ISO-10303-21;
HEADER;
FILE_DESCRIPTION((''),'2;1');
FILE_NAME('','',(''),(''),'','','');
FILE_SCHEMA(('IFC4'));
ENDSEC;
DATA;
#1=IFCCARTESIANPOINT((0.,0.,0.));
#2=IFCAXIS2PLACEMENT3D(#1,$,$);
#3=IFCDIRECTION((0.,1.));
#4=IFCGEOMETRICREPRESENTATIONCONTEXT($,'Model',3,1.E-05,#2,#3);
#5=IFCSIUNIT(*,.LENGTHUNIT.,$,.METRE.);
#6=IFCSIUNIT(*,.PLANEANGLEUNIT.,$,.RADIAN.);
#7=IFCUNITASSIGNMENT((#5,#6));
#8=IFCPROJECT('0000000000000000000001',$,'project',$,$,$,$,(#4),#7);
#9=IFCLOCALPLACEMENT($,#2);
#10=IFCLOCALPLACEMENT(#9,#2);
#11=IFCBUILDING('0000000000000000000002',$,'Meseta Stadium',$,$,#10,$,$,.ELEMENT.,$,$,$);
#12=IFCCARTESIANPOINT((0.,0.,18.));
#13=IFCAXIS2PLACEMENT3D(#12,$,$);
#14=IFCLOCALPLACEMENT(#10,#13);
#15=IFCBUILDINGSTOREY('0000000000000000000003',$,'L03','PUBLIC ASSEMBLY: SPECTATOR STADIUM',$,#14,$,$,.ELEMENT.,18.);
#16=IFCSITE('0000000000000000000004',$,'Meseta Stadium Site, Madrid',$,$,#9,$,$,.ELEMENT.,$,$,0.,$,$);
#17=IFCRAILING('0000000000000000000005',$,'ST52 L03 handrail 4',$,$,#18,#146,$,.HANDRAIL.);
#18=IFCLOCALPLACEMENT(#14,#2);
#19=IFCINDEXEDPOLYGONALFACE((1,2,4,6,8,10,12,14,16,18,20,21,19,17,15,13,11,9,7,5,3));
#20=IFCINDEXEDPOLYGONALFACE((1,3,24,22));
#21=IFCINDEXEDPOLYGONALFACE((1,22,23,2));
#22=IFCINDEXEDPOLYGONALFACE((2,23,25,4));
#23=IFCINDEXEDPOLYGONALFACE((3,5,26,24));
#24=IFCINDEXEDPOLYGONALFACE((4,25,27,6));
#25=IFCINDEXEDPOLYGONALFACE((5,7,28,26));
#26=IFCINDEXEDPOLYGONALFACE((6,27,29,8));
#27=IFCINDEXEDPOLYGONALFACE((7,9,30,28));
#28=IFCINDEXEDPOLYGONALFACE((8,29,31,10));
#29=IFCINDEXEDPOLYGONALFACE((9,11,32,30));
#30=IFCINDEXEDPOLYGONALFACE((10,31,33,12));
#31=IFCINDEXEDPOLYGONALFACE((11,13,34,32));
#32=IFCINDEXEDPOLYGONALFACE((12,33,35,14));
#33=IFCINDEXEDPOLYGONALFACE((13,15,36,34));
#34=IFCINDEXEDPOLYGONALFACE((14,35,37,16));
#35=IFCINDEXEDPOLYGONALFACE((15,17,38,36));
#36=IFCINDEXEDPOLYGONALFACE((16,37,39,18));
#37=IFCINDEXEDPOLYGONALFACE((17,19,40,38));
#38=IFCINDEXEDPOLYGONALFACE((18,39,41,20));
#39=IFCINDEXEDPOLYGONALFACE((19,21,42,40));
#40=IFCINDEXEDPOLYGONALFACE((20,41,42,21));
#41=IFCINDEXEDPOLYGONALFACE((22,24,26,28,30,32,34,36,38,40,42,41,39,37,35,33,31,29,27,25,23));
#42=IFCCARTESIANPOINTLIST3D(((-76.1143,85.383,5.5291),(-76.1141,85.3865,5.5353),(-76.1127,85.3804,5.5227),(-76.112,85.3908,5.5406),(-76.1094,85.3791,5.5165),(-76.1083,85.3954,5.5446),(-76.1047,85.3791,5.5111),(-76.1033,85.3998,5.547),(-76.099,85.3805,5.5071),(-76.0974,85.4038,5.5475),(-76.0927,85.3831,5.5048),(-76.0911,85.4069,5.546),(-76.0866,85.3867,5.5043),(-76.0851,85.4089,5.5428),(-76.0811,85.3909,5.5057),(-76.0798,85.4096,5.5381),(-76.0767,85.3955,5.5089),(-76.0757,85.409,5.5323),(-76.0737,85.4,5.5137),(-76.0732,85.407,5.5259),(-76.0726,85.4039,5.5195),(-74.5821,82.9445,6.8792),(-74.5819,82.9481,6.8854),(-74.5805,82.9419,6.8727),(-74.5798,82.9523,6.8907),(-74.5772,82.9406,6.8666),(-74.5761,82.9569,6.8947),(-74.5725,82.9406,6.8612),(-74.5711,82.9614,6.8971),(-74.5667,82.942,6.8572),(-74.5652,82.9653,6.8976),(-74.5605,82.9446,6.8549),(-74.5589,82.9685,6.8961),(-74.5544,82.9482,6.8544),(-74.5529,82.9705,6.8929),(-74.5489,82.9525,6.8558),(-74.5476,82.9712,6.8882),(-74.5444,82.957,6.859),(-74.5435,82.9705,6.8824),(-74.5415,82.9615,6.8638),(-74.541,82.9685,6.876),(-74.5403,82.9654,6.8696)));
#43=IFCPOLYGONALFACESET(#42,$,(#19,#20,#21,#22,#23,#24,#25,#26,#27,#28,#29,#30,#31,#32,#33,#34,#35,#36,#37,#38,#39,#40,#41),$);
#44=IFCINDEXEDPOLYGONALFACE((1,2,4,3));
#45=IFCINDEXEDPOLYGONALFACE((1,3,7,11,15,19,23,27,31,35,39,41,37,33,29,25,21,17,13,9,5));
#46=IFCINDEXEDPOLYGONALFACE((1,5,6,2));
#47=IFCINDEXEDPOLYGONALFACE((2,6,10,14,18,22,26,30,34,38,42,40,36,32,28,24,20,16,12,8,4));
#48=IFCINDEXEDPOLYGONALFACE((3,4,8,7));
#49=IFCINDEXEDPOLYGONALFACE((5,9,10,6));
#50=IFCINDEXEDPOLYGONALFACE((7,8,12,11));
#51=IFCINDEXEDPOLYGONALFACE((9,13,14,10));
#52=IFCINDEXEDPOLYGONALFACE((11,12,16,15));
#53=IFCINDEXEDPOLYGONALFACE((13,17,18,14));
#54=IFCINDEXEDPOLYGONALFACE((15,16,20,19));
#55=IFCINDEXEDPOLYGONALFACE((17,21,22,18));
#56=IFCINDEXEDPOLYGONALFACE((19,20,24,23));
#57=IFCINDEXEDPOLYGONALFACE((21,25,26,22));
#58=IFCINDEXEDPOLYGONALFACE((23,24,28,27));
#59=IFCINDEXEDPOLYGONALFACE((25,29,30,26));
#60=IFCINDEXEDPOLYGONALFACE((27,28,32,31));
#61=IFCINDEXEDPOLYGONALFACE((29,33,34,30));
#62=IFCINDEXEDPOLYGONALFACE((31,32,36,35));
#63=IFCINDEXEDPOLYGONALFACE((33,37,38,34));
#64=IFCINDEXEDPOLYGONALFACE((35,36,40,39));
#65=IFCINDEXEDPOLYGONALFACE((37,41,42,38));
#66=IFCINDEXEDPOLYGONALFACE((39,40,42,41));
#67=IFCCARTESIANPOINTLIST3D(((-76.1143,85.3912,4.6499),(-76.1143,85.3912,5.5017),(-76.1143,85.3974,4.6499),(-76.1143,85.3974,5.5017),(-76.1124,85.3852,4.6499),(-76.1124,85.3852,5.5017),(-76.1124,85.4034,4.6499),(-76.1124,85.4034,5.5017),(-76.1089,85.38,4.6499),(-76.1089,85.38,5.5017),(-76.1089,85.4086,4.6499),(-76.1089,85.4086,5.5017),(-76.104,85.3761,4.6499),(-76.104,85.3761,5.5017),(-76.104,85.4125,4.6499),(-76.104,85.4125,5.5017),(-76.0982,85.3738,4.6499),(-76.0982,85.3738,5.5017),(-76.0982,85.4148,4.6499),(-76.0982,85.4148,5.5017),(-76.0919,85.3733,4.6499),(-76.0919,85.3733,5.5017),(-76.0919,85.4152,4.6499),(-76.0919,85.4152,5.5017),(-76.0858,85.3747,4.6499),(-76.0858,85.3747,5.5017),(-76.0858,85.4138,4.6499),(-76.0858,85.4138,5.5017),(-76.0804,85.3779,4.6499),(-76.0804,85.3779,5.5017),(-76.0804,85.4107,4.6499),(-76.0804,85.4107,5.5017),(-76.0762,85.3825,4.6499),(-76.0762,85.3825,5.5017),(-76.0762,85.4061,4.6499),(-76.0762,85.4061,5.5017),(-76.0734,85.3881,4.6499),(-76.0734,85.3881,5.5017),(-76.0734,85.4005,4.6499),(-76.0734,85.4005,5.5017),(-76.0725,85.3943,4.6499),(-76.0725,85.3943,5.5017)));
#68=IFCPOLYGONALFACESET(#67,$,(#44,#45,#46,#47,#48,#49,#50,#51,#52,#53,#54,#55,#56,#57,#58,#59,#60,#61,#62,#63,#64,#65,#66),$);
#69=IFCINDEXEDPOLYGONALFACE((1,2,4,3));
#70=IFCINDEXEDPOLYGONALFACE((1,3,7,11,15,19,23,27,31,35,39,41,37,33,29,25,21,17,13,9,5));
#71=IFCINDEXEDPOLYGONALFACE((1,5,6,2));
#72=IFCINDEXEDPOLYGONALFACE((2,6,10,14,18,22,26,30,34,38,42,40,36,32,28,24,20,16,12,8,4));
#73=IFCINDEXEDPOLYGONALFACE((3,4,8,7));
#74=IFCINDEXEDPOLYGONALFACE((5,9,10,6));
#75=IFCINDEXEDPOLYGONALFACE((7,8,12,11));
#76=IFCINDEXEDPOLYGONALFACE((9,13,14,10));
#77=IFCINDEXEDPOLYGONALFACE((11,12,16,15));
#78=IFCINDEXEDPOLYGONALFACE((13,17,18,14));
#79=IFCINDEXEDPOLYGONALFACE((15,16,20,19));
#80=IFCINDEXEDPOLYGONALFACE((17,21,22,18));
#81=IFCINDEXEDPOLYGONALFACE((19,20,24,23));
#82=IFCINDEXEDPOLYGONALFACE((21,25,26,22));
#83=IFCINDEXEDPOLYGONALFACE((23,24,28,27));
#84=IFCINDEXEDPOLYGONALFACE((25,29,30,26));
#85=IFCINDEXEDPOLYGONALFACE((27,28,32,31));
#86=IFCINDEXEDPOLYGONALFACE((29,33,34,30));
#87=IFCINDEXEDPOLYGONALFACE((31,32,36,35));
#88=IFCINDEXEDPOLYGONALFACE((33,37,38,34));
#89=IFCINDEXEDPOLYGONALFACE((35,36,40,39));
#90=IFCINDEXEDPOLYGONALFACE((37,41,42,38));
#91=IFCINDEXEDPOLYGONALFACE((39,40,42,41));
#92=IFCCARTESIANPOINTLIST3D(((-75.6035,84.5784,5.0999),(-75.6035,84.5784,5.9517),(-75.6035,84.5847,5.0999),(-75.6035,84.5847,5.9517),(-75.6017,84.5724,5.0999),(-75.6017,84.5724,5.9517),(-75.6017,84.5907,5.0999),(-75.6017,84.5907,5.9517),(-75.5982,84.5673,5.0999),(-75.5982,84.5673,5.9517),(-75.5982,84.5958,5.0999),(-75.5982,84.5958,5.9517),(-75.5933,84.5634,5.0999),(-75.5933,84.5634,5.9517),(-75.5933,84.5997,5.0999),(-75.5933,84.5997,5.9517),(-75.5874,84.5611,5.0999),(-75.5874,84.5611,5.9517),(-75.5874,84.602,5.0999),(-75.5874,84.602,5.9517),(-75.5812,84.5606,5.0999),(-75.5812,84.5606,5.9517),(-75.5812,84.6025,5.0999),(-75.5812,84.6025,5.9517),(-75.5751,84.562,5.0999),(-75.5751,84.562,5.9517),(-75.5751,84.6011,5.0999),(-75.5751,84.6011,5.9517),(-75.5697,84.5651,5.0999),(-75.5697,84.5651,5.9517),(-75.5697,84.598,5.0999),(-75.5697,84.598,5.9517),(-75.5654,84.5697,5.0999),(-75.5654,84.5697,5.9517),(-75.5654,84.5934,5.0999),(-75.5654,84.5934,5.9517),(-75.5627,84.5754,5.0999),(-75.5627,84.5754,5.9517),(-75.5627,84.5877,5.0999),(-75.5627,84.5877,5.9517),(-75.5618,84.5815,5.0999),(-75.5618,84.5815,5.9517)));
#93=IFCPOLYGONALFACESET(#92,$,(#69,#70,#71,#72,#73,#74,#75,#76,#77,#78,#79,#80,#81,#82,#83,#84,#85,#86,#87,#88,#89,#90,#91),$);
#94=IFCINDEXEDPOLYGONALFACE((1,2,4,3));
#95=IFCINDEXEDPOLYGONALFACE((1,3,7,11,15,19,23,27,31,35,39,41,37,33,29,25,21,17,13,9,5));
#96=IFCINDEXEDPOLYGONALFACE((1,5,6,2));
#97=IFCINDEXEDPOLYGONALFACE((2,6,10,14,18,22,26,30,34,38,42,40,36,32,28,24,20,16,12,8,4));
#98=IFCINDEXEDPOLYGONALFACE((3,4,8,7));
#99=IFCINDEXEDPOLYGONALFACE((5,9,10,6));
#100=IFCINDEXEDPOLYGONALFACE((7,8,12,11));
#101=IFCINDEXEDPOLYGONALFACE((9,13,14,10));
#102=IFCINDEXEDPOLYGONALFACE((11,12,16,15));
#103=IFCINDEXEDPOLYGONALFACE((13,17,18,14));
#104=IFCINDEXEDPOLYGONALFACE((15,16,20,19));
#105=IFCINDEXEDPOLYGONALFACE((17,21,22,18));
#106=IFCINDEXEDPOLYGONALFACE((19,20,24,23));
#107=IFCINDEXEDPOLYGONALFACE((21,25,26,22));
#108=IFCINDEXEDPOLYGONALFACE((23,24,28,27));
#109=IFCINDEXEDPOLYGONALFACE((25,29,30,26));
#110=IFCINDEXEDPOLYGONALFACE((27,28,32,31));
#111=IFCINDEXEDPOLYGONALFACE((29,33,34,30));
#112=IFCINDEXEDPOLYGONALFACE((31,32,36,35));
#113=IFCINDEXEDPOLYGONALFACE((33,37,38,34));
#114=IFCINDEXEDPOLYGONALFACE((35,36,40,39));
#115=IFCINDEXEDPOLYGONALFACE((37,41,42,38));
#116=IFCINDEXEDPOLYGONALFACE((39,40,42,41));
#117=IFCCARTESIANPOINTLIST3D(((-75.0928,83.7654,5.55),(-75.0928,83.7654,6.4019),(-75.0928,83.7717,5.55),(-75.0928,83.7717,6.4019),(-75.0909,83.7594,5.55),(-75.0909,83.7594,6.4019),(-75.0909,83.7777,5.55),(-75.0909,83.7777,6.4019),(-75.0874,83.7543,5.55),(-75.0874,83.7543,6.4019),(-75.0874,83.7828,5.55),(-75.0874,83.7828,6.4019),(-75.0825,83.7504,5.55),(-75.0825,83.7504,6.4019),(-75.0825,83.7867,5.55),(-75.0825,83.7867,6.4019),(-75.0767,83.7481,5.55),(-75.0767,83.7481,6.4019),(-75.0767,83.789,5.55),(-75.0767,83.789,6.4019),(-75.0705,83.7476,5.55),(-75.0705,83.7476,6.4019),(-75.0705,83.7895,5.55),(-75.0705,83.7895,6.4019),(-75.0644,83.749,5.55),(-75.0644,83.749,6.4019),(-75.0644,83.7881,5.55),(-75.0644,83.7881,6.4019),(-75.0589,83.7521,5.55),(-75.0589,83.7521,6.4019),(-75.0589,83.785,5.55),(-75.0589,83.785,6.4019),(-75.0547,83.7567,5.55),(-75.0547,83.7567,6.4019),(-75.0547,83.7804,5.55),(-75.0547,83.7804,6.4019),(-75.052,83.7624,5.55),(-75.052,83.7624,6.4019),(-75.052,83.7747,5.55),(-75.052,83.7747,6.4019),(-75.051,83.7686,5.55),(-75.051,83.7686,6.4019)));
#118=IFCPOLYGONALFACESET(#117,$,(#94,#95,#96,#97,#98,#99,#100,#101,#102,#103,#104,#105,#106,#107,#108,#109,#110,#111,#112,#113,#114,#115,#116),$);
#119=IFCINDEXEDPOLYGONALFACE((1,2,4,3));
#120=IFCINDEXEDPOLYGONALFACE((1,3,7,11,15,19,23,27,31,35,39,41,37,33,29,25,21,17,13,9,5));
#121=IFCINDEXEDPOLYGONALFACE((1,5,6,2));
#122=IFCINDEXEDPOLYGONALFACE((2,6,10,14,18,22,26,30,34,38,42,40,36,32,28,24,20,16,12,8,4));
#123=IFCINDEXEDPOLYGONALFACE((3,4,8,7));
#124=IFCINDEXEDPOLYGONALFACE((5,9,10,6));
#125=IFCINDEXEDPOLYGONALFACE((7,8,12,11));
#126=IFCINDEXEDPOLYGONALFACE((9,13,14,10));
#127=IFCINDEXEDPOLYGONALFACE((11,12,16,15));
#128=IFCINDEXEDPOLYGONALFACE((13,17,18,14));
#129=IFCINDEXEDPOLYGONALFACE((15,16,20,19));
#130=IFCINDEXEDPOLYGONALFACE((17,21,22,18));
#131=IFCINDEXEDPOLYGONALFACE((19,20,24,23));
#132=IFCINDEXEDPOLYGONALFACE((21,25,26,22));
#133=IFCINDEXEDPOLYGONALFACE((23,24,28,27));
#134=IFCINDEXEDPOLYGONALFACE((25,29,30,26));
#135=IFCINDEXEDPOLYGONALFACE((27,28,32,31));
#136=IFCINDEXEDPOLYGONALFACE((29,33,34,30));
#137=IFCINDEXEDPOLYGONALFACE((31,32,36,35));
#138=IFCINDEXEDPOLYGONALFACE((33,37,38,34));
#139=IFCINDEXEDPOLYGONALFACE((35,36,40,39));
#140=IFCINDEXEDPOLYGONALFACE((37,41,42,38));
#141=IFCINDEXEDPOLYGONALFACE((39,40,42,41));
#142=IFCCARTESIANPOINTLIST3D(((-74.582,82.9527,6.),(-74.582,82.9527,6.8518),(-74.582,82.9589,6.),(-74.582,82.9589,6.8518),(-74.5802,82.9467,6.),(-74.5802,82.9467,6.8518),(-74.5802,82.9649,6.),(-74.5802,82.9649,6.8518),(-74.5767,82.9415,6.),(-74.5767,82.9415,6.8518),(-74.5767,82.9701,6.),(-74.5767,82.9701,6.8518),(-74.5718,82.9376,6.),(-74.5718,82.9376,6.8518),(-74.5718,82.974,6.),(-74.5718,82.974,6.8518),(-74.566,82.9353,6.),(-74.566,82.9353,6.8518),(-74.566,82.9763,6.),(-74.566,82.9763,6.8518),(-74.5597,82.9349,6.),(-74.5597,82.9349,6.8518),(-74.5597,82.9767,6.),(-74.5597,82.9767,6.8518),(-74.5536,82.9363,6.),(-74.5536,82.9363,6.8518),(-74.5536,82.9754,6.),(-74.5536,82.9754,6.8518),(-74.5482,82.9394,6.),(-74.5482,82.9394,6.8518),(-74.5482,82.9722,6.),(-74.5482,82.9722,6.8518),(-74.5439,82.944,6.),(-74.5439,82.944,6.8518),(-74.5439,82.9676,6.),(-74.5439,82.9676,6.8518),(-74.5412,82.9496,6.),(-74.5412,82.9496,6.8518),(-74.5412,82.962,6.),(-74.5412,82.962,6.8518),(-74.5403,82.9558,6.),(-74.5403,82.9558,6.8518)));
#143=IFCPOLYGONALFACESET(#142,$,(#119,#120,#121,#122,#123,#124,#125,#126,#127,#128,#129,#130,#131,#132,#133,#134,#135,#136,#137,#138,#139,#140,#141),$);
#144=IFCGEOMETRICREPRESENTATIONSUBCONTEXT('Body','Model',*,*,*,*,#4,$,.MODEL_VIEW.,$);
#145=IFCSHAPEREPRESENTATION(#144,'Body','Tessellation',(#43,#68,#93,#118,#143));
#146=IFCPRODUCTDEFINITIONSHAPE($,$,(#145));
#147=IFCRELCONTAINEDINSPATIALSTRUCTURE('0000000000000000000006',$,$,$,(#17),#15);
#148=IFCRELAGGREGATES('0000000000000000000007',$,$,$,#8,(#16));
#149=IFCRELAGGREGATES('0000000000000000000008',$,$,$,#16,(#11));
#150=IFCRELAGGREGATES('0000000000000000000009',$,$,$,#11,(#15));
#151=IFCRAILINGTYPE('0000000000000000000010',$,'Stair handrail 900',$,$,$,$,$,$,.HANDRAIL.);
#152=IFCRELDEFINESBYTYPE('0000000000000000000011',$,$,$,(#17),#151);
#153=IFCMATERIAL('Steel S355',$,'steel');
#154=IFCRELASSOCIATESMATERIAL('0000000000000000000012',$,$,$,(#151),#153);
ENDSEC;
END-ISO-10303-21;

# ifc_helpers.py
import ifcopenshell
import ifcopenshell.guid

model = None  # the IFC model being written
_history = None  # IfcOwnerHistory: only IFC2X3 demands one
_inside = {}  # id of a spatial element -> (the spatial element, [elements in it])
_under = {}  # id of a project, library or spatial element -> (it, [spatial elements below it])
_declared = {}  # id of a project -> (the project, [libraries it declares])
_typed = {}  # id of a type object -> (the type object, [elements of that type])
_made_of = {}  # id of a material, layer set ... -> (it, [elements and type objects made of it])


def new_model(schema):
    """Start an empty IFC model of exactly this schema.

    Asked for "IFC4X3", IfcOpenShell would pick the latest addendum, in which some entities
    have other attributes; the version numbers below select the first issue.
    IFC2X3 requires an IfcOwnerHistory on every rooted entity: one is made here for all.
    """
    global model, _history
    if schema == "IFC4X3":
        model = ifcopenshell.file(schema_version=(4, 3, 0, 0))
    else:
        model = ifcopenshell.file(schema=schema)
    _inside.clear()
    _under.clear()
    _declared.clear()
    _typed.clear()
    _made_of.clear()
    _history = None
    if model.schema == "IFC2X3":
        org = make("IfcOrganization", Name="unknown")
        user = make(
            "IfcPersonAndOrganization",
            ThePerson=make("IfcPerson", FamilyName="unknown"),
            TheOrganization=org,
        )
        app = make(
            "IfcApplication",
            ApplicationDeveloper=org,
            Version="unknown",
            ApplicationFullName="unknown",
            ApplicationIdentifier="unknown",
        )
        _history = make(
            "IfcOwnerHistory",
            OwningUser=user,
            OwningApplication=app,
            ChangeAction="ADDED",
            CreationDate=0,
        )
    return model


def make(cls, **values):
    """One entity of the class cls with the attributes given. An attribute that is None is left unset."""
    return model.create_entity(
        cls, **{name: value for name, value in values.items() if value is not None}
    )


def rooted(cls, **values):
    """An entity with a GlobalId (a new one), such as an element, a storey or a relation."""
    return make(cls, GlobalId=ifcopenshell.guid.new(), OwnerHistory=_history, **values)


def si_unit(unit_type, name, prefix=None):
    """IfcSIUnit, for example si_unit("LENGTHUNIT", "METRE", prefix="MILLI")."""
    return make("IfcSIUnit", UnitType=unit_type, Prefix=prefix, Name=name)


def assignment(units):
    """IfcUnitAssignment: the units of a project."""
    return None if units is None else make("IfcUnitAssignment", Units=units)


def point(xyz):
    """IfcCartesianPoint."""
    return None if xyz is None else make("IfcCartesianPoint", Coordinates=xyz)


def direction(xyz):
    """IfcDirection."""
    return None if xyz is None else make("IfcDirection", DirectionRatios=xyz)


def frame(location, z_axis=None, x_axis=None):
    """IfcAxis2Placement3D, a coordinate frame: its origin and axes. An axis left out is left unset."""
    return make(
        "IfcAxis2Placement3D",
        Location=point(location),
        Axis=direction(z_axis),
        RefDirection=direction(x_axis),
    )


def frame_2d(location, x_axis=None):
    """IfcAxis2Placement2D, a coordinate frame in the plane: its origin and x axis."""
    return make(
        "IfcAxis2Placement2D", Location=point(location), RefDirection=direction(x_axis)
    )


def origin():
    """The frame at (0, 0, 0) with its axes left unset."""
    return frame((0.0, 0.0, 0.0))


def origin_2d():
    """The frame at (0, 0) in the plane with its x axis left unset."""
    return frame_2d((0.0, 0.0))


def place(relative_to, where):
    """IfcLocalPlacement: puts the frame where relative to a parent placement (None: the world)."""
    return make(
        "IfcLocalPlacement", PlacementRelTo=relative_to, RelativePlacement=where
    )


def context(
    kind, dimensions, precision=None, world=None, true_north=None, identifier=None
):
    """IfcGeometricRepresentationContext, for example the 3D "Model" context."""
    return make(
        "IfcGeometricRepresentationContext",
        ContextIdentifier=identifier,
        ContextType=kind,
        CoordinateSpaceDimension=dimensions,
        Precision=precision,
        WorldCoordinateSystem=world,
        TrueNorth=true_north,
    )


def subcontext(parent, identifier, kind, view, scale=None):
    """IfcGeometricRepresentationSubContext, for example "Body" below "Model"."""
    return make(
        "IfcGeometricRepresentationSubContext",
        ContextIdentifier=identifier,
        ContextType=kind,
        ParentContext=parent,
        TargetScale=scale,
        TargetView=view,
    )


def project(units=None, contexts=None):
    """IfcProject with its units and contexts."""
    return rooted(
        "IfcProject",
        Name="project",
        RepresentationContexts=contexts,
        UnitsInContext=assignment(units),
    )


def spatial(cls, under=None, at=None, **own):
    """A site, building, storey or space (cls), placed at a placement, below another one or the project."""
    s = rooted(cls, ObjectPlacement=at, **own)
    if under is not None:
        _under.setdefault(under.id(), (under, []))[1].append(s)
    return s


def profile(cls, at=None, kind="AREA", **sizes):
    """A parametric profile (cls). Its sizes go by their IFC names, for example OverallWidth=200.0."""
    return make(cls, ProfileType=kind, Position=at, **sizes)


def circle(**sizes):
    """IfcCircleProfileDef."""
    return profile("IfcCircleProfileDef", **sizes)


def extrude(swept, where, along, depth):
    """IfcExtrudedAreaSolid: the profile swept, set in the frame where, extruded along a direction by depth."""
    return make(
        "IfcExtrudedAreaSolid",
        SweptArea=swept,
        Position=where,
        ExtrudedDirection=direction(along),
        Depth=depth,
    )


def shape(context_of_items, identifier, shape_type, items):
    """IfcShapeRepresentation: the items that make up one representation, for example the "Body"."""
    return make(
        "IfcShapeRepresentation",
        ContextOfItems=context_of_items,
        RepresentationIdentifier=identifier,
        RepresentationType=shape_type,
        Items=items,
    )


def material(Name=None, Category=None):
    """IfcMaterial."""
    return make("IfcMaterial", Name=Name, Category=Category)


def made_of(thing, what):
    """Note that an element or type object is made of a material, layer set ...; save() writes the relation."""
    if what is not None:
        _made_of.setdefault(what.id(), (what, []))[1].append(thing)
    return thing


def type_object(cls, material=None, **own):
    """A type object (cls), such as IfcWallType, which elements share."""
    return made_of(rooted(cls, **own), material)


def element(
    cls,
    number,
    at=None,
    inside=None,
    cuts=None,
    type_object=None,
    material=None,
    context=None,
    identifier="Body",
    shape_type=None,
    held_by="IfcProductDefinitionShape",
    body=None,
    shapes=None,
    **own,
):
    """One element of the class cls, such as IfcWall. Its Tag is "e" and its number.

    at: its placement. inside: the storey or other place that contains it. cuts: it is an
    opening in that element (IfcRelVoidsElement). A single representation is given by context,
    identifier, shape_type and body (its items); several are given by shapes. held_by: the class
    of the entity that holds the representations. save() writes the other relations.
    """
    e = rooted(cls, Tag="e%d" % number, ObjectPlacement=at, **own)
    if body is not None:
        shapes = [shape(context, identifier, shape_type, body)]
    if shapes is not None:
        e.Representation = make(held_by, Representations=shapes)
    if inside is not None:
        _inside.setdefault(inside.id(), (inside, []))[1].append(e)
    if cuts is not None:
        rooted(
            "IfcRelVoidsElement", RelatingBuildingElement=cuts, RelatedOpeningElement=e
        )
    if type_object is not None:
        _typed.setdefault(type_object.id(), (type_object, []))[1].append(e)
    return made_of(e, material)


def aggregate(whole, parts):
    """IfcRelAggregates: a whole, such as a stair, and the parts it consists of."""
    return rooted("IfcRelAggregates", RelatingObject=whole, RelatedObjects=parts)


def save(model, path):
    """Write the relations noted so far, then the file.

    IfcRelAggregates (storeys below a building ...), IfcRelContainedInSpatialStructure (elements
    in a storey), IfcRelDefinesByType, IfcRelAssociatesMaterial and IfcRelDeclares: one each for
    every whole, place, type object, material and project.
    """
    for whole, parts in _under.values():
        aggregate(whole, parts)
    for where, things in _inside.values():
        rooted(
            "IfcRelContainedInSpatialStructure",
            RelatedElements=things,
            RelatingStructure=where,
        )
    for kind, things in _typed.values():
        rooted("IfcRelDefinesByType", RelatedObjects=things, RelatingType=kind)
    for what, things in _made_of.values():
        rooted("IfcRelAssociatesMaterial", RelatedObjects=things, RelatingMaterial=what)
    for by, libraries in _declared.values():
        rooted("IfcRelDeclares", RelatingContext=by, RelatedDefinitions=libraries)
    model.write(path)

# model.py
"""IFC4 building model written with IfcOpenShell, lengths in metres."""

from ifc_helpers import new_model, si_unit, direction, frame, origin, origin_2d, place, context, subcontext, project, spatial, circle, extrude, material, type_object, element, save


model = new_model("IFC4")

# Units and contexts
model_context = context("Model", 3, precision=1e-05, world=origin(), true_north=direction((0.0, 1.0)))
body_context = subcontext(model_context, "Body", "Model", "MODEL_VIEW")
ifc_project = project(units=[si_unit("LENGTHUNIT", "METRE"), si_unit("PLANEANGLEUNIT", "RADIAN")], contexts=[model_context])

# Site, building, storey
site_placement = place(None, origin())
site = spatial("IfcSite", under=ifc_project, at=site_placement, Name="Meseta Stadium Site, Madrid", CompositionType="ELEMENT", RefElevation=0.0)
building_placement = place(site_placement, origin())
building = spatial("IfcBuilding", under=site, at=building_placement, Name="Meseta Stadium", CompositionType="ELEMENT")
storey_placement = place(building_placement, frame((0.0, 0.0, 18.0)))
storey = spatial("IfcBuildingStorey", under=building, at=storey_placement, Name="L03", Description="PUBLIC ASSEMBLY: SPECTATOR STADIUM", CompositionType="ELEMENT", Elevation=18.0)

# Railing
ifc_material_1 = material(Name="Steel S355", Category="steel")
railing_type_1 = type_object("IfcRailingType", Name="Stair handrail 900", PredefinedType="HANDRAIL", material=ifc_material_1)
for number, where, name in (
    (1, (-76.0935, 85.3943, 4.6499), "ST52 L03 handrail 4"),
):
    element("IfcRailing", number, at=place(storey_placement, frame(where)), inside=storey, type_object=railing_type_1, Name=name, PredefinedType="HANDRAIL", context=body_context, shape_type="SweptSolid", body=[
        extrude(circle(Radius=0.0239, at=origin_2d()), frame((0.0, 0.0, 0.876), z_axis=(0.481731, -0.766655, 0.42447), x_axis=(0.846719, 0.53204, 0.0)), (0.0, 0.0, 1.0), 3.1807),
        extrude(circle(Radius=0.021, at=origin_2d()), origin(), (0.0, 0.0, 1.0), 0.8518),
        extrude(circle(Radius=0.021, at=origin_2d()), frame((0.5107, -0.8127, 0.45)), (0.0, 0.0, 1.0), 0.8518),
        extrude(circle(Radius=0.021, at=origin_2d()), frame((1.0215, -1.6257, 0.9001)), (0.0, 0.0, 1.0), 0.8518),
        extrude(circle(Radius=0.021, at=origin_2d()), frame((1.5322, -2.4385, 1.3501)), (0.0, 0.0, 1.0), 0.8518),
    ])

save(model, "model.ifc")
